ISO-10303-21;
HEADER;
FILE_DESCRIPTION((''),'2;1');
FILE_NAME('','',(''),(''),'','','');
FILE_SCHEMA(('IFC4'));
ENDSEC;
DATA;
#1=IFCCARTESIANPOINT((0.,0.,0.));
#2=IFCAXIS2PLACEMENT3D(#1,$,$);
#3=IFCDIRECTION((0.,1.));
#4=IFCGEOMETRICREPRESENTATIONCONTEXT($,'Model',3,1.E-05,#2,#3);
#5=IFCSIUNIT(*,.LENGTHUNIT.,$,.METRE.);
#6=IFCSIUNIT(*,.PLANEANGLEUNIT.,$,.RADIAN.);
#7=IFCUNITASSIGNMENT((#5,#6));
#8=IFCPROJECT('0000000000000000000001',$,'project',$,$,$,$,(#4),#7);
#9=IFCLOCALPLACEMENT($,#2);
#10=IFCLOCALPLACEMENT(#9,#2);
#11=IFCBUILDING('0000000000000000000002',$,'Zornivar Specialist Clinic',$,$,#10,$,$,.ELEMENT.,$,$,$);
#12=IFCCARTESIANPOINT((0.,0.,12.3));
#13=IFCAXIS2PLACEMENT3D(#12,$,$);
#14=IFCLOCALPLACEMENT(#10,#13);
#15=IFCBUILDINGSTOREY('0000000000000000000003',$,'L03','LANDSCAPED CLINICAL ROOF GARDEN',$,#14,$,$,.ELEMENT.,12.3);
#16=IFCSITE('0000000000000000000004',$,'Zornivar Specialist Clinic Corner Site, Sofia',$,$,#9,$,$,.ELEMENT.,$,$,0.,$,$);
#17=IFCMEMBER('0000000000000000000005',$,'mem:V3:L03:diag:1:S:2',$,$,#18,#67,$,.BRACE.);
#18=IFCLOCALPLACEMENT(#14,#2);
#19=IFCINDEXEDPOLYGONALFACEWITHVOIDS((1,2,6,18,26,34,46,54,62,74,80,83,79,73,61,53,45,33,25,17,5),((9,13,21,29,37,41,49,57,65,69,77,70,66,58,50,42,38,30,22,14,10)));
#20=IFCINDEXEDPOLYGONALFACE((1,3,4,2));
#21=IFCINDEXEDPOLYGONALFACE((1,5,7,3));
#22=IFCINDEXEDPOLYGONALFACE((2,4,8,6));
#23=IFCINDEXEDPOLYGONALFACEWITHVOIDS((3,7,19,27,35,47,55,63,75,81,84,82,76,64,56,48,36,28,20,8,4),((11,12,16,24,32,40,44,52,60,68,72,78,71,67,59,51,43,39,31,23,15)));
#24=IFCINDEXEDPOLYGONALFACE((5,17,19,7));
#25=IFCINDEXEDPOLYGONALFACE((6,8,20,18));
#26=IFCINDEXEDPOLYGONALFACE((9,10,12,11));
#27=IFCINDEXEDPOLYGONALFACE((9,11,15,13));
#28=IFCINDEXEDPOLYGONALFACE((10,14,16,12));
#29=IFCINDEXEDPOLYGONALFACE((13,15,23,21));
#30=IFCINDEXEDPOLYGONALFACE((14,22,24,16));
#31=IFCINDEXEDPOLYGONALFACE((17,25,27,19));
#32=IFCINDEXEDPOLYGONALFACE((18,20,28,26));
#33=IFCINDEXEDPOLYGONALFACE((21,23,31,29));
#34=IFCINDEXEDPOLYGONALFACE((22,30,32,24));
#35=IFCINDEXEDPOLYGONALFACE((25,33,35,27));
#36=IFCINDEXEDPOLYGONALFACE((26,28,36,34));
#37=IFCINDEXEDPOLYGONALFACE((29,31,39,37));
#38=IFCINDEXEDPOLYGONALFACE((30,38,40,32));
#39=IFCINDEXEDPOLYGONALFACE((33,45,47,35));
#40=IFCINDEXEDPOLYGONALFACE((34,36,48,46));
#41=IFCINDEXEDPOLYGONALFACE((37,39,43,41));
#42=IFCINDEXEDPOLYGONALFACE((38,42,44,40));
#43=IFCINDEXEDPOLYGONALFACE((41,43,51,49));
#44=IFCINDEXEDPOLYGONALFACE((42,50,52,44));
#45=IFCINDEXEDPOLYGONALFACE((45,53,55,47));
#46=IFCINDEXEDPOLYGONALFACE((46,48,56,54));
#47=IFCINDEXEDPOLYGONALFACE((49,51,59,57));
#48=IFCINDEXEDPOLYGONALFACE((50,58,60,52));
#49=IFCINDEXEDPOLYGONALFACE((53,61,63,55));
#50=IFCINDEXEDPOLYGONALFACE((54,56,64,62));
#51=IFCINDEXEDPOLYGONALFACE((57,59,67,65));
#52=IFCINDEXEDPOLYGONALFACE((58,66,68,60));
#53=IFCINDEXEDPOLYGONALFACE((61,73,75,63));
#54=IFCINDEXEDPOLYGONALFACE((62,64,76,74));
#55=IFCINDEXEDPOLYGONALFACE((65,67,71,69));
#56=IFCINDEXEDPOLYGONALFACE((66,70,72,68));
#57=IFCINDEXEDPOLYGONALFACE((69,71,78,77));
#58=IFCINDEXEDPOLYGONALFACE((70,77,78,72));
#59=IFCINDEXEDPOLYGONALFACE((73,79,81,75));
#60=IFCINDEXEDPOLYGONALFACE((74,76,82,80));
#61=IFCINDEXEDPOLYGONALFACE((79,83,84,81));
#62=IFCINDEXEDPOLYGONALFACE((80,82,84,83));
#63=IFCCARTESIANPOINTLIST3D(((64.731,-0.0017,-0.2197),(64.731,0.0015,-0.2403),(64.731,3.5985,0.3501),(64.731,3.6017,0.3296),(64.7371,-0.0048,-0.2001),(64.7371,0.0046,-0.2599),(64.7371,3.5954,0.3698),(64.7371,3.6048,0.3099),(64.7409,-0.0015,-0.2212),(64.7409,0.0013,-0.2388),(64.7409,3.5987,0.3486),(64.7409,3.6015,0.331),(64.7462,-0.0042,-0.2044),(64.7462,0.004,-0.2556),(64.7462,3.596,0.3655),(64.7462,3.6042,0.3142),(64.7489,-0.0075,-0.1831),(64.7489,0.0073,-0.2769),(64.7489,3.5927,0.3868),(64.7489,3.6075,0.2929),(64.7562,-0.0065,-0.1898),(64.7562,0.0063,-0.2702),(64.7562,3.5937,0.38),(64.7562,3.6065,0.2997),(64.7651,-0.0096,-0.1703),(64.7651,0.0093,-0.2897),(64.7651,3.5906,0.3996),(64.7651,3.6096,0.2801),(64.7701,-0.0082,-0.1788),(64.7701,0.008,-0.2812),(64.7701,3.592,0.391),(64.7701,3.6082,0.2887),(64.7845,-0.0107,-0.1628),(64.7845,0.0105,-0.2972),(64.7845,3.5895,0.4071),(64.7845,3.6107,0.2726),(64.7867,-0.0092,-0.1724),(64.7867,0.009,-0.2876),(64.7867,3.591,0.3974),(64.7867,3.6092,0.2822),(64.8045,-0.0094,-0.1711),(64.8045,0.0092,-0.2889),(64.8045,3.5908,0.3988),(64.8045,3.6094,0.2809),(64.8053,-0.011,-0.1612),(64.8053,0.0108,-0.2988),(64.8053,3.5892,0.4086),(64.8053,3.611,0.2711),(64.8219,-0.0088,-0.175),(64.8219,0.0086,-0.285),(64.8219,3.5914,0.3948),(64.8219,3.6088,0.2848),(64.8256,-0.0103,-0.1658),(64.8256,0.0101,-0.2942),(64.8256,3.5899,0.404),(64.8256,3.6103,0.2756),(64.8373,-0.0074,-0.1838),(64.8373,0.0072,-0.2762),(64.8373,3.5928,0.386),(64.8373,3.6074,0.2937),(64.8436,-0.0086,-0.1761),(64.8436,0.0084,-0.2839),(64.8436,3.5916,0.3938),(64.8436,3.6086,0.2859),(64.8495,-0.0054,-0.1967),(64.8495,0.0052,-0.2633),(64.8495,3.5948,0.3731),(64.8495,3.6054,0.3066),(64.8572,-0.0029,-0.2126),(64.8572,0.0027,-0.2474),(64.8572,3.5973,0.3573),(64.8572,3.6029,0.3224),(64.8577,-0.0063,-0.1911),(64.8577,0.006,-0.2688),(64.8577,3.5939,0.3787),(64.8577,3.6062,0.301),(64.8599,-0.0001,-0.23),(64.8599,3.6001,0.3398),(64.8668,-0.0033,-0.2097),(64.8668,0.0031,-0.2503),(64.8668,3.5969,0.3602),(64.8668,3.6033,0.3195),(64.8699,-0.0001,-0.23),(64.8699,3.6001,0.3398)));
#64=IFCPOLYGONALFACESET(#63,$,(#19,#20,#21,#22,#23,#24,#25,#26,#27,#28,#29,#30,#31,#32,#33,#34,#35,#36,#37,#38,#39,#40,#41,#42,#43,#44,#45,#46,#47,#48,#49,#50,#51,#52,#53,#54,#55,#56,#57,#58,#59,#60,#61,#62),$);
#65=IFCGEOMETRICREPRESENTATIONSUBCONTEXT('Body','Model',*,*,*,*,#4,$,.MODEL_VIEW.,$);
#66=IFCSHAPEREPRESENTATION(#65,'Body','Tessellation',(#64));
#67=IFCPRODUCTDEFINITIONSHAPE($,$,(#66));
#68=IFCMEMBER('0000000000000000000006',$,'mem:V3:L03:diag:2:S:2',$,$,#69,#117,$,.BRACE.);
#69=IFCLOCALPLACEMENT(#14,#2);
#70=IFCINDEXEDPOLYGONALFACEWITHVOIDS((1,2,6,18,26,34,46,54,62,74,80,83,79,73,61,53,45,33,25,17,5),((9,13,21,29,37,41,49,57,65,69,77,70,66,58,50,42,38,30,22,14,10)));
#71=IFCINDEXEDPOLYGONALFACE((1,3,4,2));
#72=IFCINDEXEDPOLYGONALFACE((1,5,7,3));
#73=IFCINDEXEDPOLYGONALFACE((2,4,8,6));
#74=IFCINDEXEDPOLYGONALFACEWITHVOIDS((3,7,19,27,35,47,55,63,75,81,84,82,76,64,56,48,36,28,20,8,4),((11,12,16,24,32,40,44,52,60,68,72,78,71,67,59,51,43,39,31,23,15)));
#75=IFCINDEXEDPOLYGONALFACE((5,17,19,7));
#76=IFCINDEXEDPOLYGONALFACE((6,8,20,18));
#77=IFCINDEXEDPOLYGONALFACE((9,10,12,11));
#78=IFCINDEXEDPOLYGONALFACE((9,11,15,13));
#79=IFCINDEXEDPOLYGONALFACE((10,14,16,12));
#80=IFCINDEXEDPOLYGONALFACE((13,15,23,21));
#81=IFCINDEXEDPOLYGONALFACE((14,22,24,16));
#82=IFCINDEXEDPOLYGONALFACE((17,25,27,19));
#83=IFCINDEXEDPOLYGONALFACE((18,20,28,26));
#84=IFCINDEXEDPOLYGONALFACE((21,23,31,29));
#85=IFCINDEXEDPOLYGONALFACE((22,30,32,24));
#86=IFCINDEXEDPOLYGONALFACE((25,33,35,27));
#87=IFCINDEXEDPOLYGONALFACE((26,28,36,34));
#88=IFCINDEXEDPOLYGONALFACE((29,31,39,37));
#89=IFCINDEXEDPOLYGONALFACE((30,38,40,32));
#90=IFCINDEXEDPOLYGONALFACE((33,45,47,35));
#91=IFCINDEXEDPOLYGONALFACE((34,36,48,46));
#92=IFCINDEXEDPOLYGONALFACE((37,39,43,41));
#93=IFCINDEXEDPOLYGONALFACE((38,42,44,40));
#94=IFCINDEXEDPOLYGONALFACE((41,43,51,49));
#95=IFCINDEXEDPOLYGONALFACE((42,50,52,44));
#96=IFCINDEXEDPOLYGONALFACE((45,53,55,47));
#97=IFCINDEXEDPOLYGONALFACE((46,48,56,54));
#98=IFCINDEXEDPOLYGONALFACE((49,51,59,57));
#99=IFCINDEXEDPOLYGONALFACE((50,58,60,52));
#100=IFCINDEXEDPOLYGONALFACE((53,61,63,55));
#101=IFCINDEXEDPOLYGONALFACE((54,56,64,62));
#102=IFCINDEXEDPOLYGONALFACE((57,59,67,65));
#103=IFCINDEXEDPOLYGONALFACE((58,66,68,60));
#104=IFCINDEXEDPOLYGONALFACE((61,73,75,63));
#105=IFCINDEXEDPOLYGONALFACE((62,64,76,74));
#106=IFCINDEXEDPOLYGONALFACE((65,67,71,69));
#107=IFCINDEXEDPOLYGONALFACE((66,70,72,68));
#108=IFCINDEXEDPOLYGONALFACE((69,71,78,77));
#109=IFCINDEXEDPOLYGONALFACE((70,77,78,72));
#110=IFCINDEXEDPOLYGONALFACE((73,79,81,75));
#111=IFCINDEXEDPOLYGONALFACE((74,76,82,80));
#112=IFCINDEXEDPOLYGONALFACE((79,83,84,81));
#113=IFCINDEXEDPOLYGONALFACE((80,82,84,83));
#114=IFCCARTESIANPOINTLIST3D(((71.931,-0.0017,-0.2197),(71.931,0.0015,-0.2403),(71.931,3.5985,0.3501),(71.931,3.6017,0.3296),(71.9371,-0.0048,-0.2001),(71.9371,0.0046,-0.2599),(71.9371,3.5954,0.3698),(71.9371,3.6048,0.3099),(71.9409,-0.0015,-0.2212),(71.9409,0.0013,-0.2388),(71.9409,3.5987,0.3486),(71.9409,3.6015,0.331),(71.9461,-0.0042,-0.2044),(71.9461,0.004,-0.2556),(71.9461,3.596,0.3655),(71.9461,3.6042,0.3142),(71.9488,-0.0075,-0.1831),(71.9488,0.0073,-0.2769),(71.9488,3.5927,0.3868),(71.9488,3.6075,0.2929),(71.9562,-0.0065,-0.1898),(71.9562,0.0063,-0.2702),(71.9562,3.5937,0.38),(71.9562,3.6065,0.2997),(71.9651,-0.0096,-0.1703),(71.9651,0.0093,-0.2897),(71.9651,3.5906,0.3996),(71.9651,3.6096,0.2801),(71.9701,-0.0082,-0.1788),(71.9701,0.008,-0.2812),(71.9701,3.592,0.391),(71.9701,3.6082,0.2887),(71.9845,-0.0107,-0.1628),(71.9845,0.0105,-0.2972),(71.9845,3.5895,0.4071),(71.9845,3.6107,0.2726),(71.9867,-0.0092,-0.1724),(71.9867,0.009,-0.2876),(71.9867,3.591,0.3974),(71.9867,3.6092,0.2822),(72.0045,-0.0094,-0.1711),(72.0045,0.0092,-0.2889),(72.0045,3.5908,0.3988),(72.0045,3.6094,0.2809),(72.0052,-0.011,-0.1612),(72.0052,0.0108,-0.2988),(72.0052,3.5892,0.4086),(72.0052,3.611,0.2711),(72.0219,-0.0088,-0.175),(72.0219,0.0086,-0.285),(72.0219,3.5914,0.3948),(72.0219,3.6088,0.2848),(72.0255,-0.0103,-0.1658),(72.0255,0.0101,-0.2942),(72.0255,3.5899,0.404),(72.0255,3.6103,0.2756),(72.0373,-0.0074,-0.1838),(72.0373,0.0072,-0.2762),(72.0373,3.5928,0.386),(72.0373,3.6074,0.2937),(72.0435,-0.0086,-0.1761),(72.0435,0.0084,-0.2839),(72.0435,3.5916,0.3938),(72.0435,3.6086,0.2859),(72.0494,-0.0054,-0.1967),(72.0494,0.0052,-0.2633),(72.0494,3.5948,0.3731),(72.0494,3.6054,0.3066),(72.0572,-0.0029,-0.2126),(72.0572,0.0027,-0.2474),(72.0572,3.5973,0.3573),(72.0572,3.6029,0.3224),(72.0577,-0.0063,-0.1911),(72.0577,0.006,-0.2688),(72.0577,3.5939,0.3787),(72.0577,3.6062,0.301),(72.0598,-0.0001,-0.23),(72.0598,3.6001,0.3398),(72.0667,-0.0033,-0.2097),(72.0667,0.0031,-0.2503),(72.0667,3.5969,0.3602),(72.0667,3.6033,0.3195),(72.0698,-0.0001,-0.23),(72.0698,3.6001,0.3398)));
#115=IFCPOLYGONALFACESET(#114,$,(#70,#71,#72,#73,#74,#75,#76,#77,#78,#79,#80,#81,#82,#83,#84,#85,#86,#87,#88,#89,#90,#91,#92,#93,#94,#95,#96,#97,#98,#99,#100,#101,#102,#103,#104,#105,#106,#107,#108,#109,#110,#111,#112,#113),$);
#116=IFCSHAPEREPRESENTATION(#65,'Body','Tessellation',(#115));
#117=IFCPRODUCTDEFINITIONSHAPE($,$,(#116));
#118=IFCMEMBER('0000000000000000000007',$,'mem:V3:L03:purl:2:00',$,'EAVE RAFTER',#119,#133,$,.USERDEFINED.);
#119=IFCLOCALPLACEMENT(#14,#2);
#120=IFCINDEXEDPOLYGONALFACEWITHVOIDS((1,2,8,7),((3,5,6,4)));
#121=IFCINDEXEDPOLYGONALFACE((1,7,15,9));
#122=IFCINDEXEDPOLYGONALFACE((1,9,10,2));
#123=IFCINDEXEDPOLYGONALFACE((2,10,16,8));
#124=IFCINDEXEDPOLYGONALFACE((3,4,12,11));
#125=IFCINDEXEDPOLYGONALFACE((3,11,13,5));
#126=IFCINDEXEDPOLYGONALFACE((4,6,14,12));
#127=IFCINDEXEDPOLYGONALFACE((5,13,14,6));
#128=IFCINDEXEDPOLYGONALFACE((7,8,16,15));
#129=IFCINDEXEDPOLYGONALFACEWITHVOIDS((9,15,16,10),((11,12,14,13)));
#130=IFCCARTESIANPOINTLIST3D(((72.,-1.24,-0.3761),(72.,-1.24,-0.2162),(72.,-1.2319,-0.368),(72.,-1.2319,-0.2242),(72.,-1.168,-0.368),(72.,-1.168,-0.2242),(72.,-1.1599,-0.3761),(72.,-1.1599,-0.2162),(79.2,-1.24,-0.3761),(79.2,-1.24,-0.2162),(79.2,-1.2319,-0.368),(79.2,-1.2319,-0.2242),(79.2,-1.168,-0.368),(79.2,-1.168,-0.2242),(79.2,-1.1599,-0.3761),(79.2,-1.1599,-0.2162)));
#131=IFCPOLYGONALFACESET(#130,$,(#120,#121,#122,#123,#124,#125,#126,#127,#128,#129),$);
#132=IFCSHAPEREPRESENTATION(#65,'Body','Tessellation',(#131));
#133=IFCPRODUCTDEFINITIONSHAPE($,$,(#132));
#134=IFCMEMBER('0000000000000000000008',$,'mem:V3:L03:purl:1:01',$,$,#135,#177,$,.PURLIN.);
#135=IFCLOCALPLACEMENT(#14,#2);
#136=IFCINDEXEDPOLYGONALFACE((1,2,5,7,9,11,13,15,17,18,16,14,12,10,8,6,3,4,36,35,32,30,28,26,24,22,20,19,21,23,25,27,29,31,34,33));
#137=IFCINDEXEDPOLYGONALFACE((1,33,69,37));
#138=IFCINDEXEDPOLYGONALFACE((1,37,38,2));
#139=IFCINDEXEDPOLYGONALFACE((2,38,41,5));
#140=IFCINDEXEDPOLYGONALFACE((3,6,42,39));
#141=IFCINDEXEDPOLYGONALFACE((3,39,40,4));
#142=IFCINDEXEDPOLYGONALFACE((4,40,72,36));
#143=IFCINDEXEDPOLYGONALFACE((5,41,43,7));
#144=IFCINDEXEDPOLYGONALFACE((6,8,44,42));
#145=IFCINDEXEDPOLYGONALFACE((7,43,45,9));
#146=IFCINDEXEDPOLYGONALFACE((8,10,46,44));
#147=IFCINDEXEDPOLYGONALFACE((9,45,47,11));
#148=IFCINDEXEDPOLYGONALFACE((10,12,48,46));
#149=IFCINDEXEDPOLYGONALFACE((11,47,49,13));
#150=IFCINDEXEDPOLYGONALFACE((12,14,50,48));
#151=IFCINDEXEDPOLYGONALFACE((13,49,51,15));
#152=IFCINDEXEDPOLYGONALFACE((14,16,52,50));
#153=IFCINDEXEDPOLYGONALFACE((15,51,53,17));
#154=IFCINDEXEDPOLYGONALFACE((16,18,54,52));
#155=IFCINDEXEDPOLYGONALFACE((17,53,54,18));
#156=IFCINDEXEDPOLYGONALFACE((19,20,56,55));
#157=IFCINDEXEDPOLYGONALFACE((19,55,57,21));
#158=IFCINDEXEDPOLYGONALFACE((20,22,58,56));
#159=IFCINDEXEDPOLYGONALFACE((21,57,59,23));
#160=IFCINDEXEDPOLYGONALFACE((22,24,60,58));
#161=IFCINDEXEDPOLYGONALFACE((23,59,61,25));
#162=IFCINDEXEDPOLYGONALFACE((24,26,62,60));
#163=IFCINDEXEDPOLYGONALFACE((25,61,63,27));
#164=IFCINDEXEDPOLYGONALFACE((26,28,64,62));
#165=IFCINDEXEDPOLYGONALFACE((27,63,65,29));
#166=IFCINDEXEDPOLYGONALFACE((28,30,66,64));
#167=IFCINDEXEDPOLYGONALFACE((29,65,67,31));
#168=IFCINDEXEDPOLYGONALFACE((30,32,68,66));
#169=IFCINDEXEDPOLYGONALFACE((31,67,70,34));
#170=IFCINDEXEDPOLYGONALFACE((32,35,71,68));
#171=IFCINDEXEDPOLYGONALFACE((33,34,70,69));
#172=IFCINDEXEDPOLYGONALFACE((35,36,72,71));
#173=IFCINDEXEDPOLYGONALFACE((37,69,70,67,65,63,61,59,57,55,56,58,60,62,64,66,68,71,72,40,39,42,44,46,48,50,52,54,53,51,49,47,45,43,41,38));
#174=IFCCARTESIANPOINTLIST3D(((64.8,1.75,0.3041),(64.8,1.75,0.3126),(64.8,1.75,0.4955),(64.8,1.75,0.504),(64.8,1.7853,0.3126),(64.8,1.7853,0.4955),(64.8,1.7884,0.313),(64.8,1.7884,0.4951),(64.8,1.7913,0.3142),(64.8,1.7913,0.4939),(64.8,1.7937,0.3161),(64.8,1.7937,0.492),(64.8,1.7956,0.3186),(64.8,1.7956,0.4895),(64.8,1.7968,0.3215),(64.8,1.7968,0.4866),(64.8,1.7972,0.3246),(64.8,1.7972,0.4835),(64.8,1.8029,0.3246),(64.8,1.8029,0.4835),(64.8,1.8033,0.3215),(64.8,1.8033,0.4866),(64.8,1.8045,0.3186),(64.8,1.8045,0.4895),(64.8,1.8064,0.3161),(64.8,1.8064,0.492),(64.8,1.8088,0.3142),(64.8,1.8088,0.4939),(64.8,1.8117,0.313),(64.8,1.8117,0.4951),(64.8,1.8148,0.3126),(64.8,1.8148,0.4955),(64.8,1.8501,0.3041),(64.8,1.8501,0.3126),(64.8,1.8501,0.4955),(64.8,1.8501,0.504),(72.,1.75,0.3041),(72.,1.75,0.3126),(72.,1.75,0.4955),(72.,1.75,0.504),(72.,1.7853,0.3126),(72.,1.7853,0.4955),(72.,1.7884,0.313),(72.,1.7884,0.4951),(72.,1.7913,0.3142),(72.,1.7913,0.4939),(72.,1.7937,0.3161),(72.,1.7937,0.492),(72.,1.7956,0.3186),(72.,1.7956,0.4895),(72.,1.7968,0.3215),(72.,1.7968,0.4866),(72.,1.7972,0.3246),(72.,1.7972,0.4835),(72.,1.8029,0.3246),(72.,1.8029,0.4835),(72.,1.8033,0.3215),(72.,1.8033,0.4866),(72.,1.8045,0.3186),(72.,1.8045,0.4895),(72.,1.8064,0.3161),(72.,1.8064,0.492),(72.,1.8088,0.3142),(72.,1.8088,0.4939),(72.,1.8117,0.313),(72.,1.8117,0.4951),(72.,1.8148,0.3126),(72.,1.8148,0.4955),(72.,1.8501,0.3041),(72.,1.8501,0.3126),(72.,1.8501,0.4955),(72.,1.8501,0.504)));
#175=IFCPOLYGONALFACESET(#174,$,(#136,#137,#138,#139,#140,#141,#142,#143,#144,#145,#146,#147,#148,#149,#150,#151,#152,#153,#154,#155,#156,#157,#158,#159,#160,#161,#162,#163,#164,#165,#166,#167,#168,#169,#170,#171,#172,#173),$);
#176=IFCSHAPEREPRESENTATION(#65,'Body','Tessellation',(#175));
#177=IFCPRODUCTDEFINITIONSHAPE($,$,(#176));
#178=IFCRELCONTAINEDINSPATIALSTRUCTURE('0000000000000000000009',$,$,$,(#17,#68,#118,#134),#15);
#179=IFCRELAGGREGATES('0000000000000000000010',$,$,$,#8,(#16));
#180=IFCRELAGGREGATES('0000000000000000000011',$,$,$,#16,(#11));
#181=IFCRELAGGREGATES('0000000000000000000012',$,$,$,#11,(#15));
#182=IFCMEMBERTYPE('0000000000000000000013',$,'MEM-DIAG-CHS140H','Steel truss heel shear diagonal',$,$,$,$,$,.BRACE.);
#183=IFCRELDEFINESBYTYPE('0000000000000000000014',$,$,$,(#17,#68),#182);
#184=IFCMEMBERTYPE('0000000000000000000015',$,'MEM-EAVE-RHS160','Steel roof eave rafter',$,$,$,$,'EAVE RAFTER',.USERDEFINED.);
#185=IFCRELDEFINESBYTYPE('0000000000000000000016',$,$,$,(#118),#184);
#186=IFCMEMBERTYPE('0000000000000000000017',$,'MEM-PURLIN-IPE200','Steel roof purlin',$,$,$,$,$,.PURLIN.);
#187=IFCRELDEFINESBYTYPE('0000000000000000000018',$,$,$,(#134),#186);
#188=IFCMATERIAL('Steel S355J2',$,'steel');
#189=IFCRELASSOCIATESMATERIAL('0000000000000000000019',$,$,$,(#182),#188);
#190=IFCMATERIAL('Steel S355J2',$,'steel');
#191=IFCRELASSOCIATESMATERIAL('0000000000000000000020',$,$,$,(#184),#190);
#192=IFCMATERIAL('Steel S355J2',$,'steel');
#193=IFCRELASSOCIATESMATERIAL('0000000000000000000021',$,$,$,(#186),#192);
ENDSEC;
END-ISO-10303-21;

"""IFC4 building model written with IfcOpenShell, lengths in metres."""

from ifc_helpers import new_model, si_unit, direction, frame, origin, origin_2d, place, context, subcontext, project, spatial, hollow_rectangle, hollow_circle, i_section, extrude, material, material_profile, profile_set, type_object, element, save


model = new_model("IFC4")

# Units and contexts
model_context = context("Model", 3, precision=1e-05, world=origin(), true_north=direction((0.0, 1.0)))
body_context = subcontext(model_context, "Body", "Model", "MODEL_VIEW")
ifc_project = project(units=[si_unit("LENGTHUNIT", "METRE"), si_unit("PLANEANGLEUNIT", "RADIAN")], contexts=[model_context])

# Site, building, storey
site_placement = place(None, origin())
site = spatial("IfcSite", under=ifc_project, at=site_placement, Name="Zornivar Specialist Clinic Corner Site, Sofia", CompositionType="ELEMENT", RefElevation=0.0)
building_placement = place(site_placement, origin())
building = spatial("IfcBuilding", under=site, at=building_placement, Name="Zornivar Specialist Clinic", CompositionType="ELEMENT")
storey_placement = place(building_placement, frame((0.0, 0.0, 12.3)))
storey = spatial("IfcBuildingStorey", under=building, at=storey_placement, Name="L03", Description="LANDSCAPED CLINICAL ROOF GARDEN", CompositionType="ELEMENT", Elevation=12.3)

# Members
ifc_material_1 = material(Name="Steel S355J2", Category="steel")
ifc_material_profile_1 = material_profile(ifc_material_1, hollow_circle(Radius=0.0698, WallThickness=0.01, at=origin_2d()), Name="CHS 139.7x10")
ifc_profile_set_1 = profile_set([ifc_material_profile_1], Name="Steel S355J2")
member_type_1 = type_object("IfcMemberType", Name="MEM-DIAG-CHS140H", Description="Steel truss heel shear diagonal", PredefinedType="BRACE", material=ifc_profile_set_1)
for number, where, z_axis, x_axis, name in (
    (1, (64.8, 3.6001, 0.3398), (0.0, -0.987704, -0.156334), (1.0, 0.0, 0.0), "mem:V3:L03:diag:1:S:2"),
    (2, (72.0, 3.6001, 0.3398), (0.0, -0.987704, -0.156334), (1.0, 0.0, 0.0), "mem:V3:L03:diag:2:S:2"),
):
    element("IfcMember", number, at=place(storey_placement, frame(where, z_axis=z_axis, x_axis=x_axis)), inside=storey, type_object=member_type_1, Name=name, PredefinedType="BRACE", context=body_context, shape_type="SweptSolid", body=[
        extrude(hollow_circle(Radius=0.0698, WallThickness=0.01, at=origin_2d()), origin(), (0.0, 0.0, 1.0), 3.645),
    ])
ifc_material_2 = material(Name="Steel S355J2", Category="steel")
ifc_material_profile_2 = material_profile(ifc_material_2, hollow_rectangle(XDim=0.0801, YDim=0.1599, WallThickness=0.0081, at=origin_2d()), Name="RHS 160x80x8")
ifc_profile_set_2 = profile_set([ifc_material_profile_2], Name="Steel S355J2")
member_type_2 = type_object("IfcMemberType", Name="MEM-EAVE-RHS160", Description="Steel roof eave rafter", ElementType="EAVE RAFTER", PredefinedType="USERDEFINED", material=ifc_profile_set_2)
member_1_placement = place(storey_placement, frame((72.0, -1.2, -0.2961), z_axis=(1.0, 0.0, 0.0), x_axis=(0.0, 1.0, 0.0)))
element("IfcMember", 3, at=member_1_placement, inside=storey, type_object=member_type_2, Name="mem:V3:L03:purl:2:00", ObjectType="EAVE RAFTER", PredefinedType="USERDEFINED", context=body_context, shape_type="SweptSolid", body=[
    extrude(hollow_rectangle(XDim=0.0801, YDim=0.1599, WallThickness=0.0081, at=origin_2d()), origin(), (0.0, 0.0, 1.0), 7.2),
])
ifc_material_3 = material(Name="Steel S355J2", Category="steel")
ifc_material_profile_3 = material_profile(ifc_material_3, i_section(OverallWidth=0.1001, OverallDepth=0.2, WebThickness=0.0056, FlangeThickness=0.0085, FilletRadius=0.012, at=origin_2d()), Name="IPE 200")
ifc_profile_set_3 = profile_set([ifc_material_profile_3], Name="Steel S355J2")
member_type_3 = type_object("IfcMemberType", Name="MEM-PURLIN-IPE200", Description="Steel roof purlin", PredefinedType="PURLIN", material=ifc_profile_set_3)
for number, where, z_axis, x_axis, name in (
    (4, (64.8, 1.8, 0.4041), (1.0, 0.0, 0.0), (0.0, 1.0, 0.0), "mem:V3:L03:purl:1:01"),
):
    element("IfcMember", number, at=place(storey_placement, frame(where, z_axis=z_axis, x_axis=x_axis)), inside=storey, type_object=member_type_3, Name=name, PredefinedType="PURLIN", context=body_context, shape_type="SweptSolid", body=[
        extrude(i_section(OverallWidth=0.1001, OverallDepth=0.2, WebThickness=0.0056, FlangeThickness=0.0085, FilletRadius=0.012, at=origin_2d()), origin(), (0.0, 0.0, 1.0), 7.2),
    ])

save(model, "model.ifc")
